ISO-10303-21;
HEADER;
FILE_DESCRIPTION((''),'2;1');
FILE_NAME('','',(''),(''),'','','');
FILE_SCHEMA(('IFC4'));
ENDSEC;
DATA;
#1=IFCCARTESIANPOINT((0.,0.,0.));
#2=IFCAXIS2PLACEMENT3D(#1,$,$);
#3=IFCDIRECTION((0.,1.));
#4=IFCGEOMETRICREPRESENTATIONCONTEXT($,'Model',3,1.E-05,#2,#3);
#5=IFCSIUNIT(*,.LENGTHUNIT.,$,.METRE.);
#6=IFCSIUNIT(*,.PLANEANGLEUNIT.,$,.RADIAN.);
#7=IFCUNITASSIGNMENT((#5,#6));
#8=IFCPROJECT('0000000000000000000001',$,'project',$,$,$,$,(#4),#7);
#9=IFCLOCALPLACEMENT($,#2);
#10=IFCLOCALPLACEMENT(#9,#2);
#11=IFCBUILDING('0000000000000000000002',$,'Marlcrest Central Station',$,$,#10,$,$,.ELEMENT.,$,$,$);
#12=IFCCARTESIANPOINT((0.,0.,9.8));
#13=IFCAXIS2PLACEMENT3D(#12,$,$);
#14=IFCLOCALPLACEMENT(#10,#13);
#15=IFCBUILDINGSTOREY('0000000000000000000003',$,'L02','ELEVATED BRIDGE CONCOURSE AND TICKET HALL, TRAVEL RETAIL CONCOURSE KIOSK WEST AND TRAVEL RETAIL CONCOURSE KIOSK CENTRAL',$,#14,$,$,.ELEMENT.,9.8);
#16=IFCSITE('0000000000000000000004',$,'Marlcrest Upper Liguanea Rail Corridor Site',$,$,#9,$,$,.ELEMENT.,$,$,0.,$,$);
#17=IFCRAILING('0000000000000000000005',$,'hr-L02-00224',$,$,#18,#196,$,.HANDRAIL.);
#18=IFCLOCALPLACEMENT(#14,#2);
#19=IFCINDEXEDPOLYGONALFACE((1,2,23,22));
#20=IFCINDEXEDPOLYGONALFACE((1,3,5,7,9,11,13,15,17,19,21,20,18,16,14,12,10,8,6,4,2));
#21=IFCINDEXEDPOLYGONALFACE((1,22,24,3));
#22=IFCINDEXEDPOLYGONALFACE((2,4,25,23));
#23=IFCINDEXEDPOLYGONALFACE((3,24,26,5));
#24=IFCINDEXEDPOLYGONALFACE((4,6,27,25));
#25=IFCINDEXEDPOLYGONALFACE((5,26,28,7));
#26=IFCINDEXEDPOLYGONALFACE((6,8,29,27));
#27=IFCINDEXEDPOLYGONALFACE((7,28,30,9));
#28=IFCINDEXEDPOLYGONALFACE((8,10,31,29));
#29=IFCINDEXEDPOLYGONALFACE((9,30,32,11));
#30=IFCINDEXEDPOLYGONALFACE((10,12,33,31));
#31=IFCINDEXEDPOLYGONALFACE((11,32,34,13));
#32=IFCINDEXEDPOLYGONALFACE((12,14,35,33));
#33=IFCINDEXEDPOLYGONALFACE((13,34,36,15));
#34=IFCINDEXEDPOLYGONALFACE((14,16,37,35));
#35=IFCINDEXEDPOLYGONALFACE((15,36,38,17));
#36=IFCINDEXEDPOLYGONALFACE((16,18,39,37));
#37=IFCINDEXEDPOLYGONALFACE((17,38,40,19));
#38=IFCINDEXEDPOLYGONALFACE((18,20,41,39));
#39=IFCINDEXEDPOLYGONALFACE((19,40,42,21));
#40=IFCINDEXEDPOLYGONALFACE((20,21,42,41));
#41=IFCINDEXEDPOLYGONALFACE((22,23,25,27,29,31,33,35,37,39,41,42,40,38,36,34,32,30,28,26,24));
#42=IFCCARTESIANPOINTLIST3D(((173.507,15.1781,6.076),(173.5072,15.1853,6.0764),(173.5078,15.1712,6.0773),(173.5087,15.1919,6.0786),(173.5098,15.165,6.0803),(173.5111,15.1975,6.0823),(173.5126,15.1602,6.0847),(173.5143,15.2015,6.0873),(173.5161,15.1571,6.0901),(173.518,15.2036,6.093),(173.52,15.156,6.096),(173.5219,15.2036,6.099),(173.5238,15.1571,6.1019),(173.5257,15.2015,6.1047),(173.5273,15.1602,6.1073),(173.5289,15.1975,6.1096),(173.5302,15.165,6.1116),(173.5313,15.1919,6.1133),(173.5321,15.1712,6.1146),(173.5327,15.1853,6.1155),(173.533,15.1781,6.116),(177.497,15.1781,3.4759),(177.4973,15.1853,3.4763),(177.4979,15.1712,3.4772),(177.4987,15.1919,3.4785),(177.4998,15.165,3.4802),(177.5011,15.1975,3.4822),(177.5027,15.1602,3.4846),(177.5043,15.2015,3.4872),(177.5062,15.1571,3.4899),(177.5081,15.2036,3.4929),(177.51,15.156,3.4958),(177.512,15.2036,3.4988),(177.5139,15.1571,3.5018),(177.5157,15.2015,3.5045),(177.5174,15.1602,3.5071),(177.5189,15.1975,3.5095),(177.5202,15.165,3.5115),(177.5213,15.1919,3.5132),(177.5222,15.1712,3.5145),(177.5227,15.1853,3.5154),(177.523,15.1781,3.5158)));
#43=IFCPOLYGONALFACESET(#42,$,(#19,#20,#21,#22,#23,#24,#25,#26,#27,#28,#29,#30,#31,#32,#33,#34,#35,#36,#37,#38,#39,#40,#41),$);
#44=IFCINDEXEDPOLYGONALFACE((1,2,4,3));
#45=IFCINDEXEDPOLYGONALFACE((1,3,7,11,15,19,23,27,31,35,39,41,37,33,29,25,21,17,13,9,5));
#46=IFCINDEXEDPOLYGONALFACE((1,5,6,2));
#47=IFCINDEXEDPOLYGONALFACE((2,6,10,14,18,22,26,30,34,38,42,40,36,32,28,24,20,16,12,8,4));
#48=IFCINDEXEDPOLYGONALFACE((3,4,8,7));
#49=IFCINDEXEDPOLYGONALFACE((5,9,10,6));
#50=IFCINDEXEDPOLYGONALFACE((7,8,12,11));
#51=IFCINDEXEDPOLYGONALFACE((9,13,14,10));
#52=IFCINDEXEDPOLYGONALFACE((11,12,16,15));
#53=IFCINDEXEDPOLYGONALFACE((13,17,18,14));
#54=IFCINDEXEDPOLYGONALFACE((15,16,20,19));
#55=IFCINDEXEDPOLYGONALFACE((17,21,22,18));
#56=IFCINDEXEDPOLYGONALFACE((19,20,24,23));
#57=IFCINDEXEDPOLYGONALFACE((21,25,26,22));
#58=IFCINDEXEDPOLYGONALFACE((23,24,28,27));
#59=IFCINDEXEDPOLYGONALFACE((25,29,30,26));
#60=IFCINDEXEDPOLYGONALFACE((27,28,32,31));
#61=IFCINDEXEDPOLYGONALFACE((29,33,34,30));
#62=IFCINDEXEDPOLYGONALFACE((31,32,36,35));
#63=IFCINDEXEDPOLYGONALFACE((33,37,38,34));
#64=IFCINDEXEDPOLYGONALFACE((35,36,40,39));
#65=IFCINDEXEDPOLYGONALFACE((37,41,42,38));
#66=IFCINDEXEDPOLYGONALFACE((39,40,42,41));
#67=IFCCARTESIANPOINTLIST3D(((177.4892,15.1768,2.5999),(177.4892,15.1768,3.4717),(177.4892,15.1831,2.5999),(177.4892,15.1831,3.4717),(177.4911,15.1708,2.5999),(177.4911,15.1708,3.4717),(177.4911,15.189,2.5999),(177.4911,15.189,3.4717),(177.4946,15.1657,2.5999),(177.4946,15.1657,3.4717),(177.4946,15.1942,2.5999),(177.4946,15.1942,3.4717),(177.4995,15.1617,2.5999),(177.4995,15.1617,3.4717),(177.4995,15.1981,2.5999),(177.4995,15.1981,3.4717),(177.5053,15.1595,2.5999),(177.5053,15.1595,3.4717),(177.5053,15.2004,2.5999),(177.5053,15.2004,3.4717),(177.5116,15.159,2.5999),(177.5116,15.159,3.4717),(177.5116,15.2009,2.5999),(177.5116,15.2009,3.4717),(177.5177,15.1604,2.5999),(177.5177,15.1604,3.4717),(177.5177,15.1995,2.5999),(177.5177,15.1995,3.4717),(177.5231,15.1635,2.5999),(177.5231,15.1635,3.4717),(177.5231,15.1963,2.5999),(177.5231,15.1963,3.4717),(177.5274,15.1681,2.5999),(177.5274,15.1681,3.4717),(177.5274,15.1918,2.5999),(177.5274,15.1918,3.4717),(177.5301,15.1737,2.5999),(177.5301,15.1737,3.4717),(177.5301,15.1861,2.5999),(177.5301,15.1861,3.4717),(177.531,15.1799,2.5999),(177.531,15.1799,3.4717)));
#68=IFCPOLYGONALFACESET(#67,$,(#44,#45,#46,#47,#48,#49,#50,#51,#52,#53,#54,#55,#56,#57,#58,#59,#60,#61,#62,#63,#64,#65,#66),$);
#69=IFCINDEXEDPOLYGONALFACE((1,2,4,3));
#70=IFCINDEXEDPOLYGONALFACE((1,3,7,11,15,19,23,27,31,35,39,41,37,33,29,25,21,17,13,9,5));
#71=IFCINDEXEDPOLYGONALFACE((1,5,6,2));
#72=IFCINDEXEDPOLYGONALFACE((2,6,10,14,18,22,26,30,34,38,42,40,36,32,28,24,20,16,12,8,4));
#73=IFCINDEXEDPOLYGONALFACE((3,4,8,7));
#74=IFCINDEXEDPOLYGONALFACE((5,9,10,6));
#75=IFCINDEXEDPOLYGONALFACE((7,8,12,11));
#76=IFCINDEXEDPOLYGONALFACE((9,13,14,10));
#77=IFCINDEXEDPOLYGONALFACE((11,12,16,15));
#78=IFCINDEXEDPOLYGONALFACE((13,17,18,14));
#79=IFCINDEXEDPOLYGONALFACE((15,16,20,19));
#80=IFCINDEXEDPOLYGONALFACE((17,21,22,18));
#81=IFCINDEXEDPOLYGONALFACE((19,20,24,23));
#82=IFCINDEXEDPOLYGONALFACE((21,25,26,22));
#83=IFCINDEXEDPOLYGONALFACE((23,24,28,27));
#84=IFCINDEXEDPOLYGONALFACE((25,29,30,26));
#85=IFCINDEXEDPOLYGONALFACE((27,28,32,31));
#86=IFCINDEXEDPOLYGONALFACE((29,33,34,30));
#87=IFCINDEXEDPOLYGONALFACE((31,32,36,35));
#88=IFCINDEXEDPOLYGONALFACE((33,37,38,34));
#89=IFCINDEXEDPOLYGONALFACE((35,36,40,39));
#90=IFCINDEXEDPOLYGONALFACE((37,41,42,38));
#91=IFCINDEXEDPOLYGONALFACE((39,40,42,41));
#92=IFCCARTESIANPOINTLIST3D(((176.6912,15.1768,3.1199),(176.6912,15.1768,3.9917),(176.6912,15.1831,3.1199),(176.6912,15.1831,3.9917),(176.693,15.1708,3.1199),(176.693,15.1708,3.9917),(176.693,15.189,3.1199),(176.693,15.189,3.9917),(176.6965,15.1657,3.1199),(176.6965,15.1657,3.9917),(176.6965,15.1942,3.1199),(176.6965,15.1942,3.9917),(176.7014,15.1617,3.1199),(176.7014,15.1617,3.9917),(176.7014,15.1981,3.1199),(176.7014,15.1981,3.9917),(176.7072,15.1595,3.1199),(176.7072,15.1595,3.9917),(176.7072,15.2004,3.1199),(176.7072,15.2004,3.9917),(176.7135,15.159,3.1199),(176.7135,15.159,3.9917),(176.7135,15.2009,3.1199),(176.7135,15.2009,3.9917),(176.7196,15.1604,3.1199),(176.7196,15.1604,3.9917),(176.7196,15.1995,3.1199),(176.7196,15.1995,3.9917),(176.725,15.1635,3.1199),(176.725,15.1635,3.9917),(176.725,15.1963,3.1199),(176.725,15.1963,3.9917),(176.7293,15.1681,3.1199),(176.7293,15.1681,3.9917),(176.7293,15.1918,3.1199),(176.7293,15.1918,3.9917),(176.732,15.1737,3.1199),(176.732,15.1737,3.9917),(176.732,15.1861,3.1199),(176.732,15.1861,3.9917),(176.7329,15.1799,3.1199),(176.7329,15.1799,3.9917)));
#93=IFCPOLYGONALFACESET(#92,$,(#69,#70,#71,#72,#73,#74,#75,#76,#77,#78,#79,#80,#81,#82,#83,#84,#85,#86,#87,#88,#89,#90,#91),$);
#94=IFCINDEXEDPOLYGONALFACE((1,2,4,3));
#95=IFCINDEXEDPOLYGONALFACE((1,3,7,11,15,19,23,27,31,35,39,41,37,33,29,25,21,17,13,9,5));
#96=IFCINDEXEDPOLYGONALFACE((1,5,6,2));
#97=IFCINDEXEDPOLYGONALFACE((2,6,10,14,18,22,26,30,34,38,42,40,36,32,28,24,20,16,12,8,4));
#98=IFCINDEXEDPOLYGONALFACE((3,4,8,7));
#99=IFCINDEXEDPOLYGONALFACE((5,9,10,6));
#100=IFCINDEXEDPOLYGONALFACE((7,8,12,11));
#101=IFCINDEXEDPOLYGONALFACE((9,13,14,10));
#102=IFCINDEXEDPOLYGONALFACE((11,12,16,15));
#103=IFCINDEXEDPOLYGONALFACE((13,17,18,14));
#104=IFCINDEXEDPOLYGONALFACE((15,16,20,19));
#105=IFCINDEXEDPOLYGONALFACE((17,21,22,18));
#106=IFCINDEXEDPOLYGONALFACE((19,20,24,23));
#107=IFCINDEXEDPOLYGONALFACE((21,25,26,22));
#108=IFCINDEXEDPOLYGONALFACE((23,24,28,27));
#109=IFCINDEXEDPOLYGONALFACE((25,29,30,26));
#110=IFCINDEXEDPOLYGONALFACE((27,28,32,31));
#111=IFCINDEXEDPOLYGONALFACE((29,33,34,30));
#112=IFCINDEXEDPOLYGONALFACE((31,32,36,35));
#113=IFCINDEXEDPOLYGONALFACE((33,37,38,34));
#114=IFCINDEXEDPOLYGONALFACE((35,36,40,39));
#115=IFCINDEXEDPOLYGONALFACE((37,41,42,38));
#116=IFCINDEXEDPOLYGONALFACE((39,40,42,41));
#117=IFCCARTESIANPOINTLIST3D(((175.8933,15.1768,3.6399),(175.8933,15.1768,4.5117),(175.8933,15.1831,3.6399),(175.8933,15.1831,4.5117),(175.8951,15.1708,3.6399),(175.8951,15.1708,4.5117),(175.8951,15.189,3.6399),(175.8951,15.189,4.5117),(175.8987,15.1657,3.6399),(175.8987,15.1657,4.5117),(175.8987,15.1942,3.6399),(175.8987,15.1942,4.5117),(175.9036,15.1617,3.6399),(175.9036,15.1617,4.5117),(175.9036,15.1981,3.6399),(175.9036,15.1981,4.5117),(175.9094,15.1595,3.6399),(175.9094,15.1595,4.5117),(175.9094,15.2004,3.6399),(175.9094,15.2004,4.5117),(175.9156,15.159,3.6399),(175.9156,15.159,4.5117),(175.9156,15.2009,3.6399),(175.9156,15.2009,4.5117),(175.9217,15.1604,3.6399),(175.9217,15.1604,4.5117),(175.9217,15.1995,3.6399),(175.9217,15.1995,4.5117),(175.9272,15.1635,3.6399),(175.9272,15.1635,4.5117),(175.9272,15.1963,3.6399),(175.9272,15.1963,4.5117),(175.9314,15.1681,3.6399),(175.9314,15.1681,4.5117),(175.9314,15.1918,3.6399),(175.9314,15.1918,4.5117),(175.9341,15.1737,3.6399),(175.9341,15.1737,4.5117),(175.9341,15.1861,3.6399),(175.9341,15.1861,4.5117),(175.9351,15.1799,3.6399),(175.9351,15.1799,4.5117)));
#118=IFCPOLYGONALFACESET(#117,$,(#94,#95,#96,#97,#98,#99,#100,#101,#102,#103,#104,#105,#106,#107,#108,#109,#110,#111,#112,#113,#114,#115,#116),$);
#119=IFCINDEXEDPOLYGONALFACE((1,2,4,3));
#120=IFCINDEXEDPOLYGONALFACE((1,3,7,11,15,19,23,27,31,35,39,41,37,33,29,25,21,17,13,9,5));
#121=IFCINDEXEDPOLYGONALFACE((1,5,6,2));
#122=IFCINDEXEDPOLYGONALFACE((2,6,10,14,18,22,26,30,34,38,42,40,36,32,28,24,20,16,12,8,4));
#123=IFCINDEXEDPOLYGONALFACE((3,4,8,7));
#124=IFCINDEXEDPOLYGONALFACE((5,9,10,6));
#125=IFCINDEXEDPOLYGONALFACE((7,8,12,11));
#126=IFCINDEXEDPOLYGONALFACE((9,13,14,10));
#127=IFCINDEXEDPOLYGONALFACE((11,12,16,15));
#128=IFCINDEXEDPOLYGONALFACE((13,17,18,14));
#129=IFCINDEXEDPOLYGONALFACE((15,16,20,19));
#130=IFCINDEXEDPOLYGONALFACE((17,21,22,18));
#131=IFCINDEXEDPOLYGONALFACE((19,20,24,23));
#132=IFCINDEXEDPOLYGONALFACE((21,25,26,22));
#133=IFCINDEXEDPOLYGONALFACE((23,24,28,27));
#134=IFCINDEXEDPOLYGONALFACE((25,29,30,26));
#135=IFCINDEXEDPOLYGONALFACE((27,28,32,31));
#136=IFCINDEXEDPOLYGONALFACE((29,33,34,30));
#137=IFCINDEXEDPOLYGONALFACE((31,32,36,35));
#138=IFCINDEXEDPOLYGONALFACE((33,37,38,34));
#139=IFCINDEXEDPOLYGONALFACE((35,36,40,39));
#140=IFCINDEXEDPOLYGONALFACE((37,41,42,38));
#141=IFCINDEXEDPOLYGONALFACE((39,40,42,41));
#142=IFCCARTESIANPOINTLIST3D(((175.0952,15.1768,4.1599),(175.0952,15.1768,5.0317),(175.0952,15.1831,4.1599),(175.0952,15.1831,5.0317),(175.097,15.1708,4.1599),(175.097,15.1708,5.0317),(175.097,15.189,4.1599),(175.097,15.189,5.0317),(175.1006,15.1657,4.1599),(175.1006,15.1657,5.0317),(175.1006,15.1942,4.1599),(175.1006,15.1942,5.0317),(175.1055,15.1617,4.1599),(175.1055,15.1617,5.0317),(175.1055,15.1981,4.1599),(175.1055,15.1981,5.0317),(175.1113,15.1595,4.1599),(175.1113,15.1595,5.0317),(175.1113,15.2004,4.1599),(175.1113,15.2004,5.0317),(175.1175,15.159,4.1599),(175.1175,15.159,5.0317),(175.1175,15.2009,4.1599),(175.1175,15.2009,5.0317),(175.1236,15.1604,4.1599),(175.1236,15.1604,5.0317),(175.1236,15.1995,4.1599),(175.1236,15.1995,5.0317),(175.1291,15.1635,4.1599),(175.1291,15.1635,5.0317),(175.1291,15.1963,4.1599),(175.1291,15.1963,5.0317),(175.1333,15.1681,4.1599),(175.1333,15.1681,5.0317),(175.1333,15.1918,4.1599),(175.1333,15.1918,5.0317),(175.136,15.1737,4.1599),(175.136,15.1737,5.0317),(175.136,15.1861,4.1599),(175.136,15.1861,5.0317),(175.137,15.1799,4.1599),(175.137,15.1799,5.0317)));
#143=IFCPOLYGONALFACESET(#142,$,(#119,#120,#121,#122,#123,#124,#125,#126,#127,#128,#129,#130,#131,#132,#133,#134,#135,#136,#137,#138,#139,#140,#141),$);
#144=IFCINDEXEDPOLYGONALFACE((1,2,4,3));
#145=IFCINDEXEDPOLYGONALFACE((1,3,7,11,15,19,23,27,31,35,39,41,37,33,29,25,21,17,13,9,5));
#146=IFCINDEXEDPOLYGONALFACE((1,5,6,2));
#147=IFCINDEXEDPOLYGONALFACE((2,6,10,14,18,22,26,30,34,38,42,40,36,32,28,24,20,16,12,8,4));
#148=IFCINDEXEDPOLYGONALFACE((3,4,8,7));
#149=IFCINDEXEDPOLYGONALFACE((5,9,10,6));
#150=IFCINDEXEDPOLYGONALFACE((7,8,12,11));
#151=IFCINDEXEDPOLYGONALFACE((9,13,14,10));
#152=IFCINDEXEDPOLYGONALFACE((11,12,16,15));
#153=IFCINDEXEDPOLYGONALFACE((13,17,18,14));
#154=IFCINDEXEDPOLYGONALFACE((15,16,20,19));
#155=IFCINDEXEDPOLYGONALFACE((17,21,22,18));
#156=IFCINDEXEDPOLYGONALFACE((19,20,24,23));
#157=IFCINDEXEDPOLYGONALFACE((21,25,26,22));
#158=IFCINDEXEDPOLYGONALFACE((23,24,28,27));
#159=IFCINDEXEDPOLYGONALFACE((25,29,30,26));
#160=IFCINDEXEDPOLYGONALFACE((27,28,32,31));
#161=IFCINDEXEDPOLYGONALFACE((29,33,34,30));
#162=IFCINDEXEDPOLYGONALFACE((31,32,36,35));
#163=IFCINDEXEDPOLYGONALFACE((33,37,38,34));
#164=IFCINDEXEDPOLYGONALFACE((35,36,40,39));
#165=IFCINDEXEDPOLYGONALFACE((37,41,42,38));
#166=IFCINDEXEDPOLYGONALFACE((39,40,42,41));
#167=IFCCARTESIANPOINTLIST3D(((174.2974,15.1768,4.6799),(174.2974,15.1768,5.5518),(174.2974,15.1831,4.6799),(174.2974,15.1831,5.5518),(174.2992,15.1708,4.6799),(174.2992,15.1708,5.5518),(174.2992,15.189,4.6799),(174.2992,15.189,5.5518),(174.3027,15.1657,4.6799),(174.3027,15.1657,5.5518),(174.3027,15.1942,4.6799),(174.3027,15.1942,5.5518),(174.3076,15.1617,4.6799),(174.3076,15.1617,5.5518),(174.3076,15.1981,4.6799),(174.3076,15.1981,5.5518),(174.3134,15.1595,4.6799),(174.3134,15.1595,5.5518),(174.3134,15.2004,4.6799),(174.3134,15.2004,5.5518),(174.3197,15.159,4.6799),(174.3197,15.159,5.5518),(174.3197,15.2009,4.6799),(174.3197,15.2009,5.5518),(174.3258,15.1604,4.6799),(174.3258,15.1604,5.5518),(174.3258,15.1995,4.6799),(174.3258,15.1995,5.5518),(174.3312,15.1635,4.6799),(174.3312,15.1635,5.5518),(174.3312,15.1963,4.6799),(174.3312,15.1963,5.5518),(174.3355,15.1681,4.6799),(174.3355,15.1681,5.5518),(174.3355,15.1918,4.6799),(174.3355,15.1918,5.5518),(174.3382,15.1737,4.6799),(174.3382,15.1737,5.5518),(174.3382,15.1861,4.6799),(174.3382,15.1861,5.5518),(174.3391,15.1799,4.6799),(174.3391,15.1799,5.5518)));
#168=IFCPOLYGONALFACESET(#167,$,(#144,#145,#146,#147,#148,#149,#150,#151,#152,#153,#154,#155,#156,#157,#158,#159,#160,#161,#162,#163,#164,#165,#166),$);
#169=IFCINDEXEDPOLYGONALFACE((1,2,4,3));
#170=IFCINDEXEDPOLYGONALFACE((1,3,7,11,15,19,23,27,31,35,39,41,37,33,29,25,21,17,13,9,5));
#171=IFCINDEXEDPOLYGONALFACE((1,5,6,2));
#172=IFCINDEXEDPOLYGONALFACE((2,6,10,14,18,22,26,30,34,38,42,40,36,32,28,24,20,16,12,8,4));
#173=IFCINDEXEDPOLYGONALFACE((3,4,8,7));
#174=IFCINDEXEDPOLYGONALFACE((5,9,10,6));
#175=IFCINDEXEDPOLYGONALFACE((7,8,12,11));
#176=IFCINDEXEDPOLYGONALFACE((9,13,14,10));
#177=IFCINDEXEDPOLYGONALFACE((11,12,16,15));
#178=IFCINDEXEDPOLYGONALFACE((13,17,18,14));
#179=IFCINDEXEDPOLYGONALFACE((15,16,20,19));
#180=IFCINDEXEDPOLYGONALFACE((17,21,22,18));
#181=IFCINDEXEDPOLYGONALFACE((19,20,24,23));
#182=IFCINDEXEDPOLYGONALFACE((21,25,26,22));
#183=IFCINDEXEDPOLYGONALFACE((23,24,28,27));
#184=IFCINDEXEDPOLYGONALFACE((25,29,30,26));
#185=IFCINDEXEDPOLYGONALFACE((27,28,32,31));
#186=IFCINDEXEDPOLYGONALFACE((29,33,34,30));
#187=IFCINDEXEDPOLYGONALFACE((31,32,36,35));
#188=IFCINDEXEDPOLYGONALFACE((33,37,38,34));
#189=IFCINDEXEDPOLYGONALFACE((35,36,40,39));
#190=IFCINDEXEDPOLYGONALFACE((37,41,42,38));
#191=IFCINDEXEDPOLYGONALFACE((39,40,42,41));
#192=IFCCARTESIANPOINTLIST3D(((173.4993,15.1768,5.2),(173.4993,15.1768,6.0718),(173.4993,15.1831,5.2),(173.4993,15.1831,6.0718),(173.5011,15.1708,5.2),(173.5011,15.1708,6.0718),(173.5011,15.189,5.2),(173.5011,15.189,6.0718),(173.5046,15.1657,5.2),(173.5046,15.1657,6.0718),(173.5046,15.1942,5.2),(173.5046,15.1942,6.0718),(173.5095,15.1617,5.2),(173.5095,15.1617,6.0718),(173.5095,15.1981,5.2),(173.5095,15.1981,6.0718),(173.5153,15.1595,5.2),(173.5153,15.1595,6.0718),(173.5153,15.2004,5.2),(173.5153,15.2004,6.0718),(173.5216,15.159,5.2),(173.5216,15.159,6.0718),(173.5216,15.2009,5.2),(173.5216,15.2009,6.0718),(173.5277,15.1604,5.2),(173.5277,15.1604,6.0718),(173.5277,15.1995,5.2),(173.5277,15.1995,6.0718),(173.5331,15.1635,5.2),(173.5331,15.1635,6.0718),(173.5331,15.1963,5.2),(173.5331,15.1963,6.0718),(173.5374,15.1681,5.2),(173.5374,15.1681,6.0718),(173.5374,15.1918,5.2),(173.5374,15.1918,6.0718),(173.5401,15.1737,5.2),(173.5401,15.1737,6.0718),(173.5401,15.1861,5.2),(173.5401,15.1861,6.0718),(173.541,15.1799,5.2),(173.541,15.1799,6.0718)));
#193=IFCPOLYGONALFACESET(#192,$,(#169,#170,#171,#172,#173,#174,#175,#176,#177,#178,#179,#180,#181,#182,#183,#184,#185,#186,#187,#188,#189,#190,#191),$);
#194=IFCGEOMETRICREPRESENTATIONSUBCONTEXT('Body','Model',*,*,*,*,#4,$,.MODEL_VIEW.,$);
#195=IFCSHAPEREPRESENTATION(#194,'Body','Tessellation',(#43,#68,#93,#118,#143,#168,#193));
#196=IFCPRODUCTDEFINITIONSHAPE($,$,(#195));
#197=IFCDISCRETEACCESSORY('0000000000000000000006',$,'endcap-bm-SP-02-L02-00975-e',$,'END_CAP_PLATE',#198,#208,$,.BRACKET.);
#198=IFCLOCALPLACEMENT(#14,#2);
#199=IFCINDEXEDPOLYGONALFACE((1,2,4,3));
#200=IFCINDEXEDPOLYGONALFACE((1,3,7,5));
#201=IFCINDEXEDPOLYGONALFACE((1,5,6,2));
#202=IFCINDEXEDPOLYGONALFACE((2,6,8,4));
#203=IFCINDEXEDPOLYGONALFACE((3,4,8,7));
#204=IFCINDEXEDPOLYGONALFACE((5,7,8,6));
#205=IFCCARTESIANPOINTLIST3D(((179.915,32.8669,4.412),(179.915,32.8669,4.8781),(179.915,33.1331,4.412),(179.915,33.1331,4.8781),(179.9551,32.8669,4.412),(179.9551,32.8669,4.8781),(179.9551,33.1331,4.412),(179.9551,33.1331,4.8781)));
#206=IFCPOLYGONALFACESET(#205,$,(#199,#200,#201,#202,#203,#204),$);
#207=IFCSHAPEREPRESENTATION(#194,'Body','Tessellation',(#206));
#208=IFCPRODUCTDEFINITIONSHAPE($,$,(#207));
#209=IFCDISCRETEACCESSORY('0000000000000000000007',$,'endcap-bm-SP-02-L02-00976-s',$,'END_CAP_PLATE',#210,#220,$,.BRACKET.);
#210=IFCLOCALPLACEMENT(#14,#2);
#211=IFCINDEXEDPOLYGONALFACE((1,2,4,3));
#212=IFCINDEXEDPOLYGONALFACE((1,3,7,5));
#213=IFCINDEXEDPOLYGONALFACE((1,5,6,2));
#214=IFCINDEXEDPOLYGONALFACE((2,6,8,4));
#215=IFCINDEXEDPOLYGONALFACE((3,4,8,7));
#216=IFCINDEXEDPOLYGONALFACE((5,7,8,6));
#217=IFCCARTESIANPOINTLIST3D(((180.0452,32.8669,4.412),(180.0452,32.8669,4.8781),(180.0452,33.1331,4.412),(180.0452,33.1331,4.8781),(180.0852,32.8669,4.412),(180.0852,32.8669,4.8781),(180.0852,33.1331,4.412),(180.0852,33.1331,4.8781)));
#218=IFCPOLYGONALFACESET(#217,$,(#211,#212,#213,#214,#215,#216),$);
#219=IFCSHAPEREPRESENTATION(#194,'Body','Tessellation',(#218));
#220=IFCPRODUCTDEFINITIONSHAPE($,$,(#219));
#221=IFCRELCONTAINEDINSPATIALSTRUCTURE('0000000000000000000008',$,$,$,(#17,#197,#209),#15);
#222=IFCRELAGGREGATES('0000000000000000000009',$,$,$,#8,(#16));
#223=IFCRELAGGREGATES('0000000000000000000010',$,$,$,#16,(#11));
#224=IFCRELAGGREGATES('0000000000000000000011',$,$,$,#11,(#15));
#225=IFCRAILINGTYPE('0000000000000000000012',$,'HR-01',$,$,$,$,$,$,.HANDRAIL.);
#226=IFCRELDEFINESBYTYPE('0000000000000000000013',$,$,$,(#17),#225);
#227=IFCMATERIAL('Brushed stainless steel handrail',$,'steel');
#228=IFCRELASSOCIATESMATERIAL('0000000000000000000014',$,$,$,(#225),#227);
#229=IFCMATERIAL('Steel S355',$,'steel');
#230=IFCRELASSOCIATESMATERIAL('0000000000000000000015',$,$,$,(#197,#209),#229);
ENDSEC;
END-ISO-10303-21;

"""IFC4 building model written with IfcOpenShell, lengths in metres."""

from ifc_helpers import new_model, si_unit, direction, frame, origin, origin_2d, place, context, subcontext, project, spatial, rectangle, circle, extrude, material, type_object, element, save


model = new_model("IFC4")

# Units and contexts
model_context = context("Model", 3, precision=1e-05, world=origin(), true_north=direction((0.0, 1.0)))
body_context = subcontext(model_context, "Body", "Model", "MODEL_VIEW")
ifc_project = project(units=[si_unit("LENGTHUNIT", "METRE"), si_unit("PLANEANGLEUNIT", "RADIAN")], contexts=[model_context])

# Site, building, storey
site_placement = place(None, origin())
site = spatial("IfcSite", under=ifc_project, at=site_placement, Name="Marlcrest Upper Liguanea Rail Corridor Site", CompositionType="ELEMENT", RefElevation=0.0)
building_placement = place(site_placement, origin())
building = spatial("IfcBuilding", under=site, at=building_placement, Name="Marlcrest Central Station", CompositionType="ELEMENT")
storey_placement = place(building_placement, frame((0.0, 0.0, 9.8)))
storey = spatial("IfcBuildingStorey", under=building, at=storey_placement, Name="L02", Description="ELEVATED BRIDGE CONCOURSE AND TICKET HALL, TRAVEL RETAIL CONCOURSE KIOSK WEST AND TRAVEL RETAIL CONCOURSE KIOSK CENTRAL", CompositionType="ELEMENT", Elevation=9.8)

# Shared definitions
ifc_material_1 = material(Name="Steel S355", Category="steel")

# Railing
ifc_material_2 = material(Name="Brushed stainless steel handrail", Category="steel")
railing_type = type_object("IfcRailingType", Name="HR-01", PredefinedType="HANDRAIL", material=ifc_material_2)
railing_placement = place(storey_placement, frame((177.51, 15.1799, 2.5999)))
element("IfcRailing", 1, at=railing_placement, inside=storey, type_object=railing_type, Name="hr-L02-00224", PredefinedType="HANDRAIL", context=body_context, shape_type="SweptSolid", body=[
    extrude(circle(Radius=0.0239, at=origin_2d()), frame((0.0, 0.0, 0.896), z_axis=(-0.837809, 0.0, 0.545963), x_axis=(0.0, -1.0, 0.0)), (0.0, 0.0, 1.0), 4.7625),
    extrude(circle(Radius=0.021, at=origin_2d()), origin(), (0.0, 0.0, 1.0), 0.8718),
    extrude(circle(Radius=0.021, at=origin_2d()), frame((-0.7981, 0.0, 0.52)), (0.0, 0.0, 1.0), 0.8718),
    extrude(circle(Radius=0.021, at=origin_2d()), frame((-1.5959, 0.0, 1.04)), (0.0, 0.0, 1.0), 0.8718),
    extrude(circle(Radius=0.021, at=origin_2d()), frame((-2.394, 0.0, 1.5601)), (0.0, 0.0, 1.0), 0.8718),
    extrude(circle(Radius=0.021, at=origin_2d()), frame((-3.1919, 0.0, 2.0801)), (0.0, 0.0, 1.0), 0.8718),
    extrude(circle(Radius=0.021, at=origin_2d()), frame((-3.99, 0.0, 2.6001)), (0.0, 0.0, 1.0), 0.8718),
])

# Discrete accessories
for number, where, z_axis, x_axis, name in (
    (2, (179.915, 33.0, 4.645), (1.0, 0.0, 0.0), (0.0, 1.0, 0.0), "endcap-bm-SP-02-L02-00975-e"),
    (3, (180.0452, 33.0, 4.645), (1.0, 0.0, 0.0), (0.0, 1.0, 0.0), "endcap-bm-SP-02-L02-00976-s"),
):
    element("IfcDiscreteAccessory", number, at=place(storey_placement, frame(where, z_axis=z_axis, x_axis=x_axis)), inside=storey, material=ifc_material_1, Name=name, ObjectType="END_CAP_PLATE", PredefinedType="BRACKET", context=body_context, shape_type="SweptSolid", body=[
        extrude(rectangle(XDim=0.2661, YDim=0.4661, at=origin_2d()), origin(), (0.0, 0.0, 1.0), 0.04),
    ])

save(model, "model.ifc")
